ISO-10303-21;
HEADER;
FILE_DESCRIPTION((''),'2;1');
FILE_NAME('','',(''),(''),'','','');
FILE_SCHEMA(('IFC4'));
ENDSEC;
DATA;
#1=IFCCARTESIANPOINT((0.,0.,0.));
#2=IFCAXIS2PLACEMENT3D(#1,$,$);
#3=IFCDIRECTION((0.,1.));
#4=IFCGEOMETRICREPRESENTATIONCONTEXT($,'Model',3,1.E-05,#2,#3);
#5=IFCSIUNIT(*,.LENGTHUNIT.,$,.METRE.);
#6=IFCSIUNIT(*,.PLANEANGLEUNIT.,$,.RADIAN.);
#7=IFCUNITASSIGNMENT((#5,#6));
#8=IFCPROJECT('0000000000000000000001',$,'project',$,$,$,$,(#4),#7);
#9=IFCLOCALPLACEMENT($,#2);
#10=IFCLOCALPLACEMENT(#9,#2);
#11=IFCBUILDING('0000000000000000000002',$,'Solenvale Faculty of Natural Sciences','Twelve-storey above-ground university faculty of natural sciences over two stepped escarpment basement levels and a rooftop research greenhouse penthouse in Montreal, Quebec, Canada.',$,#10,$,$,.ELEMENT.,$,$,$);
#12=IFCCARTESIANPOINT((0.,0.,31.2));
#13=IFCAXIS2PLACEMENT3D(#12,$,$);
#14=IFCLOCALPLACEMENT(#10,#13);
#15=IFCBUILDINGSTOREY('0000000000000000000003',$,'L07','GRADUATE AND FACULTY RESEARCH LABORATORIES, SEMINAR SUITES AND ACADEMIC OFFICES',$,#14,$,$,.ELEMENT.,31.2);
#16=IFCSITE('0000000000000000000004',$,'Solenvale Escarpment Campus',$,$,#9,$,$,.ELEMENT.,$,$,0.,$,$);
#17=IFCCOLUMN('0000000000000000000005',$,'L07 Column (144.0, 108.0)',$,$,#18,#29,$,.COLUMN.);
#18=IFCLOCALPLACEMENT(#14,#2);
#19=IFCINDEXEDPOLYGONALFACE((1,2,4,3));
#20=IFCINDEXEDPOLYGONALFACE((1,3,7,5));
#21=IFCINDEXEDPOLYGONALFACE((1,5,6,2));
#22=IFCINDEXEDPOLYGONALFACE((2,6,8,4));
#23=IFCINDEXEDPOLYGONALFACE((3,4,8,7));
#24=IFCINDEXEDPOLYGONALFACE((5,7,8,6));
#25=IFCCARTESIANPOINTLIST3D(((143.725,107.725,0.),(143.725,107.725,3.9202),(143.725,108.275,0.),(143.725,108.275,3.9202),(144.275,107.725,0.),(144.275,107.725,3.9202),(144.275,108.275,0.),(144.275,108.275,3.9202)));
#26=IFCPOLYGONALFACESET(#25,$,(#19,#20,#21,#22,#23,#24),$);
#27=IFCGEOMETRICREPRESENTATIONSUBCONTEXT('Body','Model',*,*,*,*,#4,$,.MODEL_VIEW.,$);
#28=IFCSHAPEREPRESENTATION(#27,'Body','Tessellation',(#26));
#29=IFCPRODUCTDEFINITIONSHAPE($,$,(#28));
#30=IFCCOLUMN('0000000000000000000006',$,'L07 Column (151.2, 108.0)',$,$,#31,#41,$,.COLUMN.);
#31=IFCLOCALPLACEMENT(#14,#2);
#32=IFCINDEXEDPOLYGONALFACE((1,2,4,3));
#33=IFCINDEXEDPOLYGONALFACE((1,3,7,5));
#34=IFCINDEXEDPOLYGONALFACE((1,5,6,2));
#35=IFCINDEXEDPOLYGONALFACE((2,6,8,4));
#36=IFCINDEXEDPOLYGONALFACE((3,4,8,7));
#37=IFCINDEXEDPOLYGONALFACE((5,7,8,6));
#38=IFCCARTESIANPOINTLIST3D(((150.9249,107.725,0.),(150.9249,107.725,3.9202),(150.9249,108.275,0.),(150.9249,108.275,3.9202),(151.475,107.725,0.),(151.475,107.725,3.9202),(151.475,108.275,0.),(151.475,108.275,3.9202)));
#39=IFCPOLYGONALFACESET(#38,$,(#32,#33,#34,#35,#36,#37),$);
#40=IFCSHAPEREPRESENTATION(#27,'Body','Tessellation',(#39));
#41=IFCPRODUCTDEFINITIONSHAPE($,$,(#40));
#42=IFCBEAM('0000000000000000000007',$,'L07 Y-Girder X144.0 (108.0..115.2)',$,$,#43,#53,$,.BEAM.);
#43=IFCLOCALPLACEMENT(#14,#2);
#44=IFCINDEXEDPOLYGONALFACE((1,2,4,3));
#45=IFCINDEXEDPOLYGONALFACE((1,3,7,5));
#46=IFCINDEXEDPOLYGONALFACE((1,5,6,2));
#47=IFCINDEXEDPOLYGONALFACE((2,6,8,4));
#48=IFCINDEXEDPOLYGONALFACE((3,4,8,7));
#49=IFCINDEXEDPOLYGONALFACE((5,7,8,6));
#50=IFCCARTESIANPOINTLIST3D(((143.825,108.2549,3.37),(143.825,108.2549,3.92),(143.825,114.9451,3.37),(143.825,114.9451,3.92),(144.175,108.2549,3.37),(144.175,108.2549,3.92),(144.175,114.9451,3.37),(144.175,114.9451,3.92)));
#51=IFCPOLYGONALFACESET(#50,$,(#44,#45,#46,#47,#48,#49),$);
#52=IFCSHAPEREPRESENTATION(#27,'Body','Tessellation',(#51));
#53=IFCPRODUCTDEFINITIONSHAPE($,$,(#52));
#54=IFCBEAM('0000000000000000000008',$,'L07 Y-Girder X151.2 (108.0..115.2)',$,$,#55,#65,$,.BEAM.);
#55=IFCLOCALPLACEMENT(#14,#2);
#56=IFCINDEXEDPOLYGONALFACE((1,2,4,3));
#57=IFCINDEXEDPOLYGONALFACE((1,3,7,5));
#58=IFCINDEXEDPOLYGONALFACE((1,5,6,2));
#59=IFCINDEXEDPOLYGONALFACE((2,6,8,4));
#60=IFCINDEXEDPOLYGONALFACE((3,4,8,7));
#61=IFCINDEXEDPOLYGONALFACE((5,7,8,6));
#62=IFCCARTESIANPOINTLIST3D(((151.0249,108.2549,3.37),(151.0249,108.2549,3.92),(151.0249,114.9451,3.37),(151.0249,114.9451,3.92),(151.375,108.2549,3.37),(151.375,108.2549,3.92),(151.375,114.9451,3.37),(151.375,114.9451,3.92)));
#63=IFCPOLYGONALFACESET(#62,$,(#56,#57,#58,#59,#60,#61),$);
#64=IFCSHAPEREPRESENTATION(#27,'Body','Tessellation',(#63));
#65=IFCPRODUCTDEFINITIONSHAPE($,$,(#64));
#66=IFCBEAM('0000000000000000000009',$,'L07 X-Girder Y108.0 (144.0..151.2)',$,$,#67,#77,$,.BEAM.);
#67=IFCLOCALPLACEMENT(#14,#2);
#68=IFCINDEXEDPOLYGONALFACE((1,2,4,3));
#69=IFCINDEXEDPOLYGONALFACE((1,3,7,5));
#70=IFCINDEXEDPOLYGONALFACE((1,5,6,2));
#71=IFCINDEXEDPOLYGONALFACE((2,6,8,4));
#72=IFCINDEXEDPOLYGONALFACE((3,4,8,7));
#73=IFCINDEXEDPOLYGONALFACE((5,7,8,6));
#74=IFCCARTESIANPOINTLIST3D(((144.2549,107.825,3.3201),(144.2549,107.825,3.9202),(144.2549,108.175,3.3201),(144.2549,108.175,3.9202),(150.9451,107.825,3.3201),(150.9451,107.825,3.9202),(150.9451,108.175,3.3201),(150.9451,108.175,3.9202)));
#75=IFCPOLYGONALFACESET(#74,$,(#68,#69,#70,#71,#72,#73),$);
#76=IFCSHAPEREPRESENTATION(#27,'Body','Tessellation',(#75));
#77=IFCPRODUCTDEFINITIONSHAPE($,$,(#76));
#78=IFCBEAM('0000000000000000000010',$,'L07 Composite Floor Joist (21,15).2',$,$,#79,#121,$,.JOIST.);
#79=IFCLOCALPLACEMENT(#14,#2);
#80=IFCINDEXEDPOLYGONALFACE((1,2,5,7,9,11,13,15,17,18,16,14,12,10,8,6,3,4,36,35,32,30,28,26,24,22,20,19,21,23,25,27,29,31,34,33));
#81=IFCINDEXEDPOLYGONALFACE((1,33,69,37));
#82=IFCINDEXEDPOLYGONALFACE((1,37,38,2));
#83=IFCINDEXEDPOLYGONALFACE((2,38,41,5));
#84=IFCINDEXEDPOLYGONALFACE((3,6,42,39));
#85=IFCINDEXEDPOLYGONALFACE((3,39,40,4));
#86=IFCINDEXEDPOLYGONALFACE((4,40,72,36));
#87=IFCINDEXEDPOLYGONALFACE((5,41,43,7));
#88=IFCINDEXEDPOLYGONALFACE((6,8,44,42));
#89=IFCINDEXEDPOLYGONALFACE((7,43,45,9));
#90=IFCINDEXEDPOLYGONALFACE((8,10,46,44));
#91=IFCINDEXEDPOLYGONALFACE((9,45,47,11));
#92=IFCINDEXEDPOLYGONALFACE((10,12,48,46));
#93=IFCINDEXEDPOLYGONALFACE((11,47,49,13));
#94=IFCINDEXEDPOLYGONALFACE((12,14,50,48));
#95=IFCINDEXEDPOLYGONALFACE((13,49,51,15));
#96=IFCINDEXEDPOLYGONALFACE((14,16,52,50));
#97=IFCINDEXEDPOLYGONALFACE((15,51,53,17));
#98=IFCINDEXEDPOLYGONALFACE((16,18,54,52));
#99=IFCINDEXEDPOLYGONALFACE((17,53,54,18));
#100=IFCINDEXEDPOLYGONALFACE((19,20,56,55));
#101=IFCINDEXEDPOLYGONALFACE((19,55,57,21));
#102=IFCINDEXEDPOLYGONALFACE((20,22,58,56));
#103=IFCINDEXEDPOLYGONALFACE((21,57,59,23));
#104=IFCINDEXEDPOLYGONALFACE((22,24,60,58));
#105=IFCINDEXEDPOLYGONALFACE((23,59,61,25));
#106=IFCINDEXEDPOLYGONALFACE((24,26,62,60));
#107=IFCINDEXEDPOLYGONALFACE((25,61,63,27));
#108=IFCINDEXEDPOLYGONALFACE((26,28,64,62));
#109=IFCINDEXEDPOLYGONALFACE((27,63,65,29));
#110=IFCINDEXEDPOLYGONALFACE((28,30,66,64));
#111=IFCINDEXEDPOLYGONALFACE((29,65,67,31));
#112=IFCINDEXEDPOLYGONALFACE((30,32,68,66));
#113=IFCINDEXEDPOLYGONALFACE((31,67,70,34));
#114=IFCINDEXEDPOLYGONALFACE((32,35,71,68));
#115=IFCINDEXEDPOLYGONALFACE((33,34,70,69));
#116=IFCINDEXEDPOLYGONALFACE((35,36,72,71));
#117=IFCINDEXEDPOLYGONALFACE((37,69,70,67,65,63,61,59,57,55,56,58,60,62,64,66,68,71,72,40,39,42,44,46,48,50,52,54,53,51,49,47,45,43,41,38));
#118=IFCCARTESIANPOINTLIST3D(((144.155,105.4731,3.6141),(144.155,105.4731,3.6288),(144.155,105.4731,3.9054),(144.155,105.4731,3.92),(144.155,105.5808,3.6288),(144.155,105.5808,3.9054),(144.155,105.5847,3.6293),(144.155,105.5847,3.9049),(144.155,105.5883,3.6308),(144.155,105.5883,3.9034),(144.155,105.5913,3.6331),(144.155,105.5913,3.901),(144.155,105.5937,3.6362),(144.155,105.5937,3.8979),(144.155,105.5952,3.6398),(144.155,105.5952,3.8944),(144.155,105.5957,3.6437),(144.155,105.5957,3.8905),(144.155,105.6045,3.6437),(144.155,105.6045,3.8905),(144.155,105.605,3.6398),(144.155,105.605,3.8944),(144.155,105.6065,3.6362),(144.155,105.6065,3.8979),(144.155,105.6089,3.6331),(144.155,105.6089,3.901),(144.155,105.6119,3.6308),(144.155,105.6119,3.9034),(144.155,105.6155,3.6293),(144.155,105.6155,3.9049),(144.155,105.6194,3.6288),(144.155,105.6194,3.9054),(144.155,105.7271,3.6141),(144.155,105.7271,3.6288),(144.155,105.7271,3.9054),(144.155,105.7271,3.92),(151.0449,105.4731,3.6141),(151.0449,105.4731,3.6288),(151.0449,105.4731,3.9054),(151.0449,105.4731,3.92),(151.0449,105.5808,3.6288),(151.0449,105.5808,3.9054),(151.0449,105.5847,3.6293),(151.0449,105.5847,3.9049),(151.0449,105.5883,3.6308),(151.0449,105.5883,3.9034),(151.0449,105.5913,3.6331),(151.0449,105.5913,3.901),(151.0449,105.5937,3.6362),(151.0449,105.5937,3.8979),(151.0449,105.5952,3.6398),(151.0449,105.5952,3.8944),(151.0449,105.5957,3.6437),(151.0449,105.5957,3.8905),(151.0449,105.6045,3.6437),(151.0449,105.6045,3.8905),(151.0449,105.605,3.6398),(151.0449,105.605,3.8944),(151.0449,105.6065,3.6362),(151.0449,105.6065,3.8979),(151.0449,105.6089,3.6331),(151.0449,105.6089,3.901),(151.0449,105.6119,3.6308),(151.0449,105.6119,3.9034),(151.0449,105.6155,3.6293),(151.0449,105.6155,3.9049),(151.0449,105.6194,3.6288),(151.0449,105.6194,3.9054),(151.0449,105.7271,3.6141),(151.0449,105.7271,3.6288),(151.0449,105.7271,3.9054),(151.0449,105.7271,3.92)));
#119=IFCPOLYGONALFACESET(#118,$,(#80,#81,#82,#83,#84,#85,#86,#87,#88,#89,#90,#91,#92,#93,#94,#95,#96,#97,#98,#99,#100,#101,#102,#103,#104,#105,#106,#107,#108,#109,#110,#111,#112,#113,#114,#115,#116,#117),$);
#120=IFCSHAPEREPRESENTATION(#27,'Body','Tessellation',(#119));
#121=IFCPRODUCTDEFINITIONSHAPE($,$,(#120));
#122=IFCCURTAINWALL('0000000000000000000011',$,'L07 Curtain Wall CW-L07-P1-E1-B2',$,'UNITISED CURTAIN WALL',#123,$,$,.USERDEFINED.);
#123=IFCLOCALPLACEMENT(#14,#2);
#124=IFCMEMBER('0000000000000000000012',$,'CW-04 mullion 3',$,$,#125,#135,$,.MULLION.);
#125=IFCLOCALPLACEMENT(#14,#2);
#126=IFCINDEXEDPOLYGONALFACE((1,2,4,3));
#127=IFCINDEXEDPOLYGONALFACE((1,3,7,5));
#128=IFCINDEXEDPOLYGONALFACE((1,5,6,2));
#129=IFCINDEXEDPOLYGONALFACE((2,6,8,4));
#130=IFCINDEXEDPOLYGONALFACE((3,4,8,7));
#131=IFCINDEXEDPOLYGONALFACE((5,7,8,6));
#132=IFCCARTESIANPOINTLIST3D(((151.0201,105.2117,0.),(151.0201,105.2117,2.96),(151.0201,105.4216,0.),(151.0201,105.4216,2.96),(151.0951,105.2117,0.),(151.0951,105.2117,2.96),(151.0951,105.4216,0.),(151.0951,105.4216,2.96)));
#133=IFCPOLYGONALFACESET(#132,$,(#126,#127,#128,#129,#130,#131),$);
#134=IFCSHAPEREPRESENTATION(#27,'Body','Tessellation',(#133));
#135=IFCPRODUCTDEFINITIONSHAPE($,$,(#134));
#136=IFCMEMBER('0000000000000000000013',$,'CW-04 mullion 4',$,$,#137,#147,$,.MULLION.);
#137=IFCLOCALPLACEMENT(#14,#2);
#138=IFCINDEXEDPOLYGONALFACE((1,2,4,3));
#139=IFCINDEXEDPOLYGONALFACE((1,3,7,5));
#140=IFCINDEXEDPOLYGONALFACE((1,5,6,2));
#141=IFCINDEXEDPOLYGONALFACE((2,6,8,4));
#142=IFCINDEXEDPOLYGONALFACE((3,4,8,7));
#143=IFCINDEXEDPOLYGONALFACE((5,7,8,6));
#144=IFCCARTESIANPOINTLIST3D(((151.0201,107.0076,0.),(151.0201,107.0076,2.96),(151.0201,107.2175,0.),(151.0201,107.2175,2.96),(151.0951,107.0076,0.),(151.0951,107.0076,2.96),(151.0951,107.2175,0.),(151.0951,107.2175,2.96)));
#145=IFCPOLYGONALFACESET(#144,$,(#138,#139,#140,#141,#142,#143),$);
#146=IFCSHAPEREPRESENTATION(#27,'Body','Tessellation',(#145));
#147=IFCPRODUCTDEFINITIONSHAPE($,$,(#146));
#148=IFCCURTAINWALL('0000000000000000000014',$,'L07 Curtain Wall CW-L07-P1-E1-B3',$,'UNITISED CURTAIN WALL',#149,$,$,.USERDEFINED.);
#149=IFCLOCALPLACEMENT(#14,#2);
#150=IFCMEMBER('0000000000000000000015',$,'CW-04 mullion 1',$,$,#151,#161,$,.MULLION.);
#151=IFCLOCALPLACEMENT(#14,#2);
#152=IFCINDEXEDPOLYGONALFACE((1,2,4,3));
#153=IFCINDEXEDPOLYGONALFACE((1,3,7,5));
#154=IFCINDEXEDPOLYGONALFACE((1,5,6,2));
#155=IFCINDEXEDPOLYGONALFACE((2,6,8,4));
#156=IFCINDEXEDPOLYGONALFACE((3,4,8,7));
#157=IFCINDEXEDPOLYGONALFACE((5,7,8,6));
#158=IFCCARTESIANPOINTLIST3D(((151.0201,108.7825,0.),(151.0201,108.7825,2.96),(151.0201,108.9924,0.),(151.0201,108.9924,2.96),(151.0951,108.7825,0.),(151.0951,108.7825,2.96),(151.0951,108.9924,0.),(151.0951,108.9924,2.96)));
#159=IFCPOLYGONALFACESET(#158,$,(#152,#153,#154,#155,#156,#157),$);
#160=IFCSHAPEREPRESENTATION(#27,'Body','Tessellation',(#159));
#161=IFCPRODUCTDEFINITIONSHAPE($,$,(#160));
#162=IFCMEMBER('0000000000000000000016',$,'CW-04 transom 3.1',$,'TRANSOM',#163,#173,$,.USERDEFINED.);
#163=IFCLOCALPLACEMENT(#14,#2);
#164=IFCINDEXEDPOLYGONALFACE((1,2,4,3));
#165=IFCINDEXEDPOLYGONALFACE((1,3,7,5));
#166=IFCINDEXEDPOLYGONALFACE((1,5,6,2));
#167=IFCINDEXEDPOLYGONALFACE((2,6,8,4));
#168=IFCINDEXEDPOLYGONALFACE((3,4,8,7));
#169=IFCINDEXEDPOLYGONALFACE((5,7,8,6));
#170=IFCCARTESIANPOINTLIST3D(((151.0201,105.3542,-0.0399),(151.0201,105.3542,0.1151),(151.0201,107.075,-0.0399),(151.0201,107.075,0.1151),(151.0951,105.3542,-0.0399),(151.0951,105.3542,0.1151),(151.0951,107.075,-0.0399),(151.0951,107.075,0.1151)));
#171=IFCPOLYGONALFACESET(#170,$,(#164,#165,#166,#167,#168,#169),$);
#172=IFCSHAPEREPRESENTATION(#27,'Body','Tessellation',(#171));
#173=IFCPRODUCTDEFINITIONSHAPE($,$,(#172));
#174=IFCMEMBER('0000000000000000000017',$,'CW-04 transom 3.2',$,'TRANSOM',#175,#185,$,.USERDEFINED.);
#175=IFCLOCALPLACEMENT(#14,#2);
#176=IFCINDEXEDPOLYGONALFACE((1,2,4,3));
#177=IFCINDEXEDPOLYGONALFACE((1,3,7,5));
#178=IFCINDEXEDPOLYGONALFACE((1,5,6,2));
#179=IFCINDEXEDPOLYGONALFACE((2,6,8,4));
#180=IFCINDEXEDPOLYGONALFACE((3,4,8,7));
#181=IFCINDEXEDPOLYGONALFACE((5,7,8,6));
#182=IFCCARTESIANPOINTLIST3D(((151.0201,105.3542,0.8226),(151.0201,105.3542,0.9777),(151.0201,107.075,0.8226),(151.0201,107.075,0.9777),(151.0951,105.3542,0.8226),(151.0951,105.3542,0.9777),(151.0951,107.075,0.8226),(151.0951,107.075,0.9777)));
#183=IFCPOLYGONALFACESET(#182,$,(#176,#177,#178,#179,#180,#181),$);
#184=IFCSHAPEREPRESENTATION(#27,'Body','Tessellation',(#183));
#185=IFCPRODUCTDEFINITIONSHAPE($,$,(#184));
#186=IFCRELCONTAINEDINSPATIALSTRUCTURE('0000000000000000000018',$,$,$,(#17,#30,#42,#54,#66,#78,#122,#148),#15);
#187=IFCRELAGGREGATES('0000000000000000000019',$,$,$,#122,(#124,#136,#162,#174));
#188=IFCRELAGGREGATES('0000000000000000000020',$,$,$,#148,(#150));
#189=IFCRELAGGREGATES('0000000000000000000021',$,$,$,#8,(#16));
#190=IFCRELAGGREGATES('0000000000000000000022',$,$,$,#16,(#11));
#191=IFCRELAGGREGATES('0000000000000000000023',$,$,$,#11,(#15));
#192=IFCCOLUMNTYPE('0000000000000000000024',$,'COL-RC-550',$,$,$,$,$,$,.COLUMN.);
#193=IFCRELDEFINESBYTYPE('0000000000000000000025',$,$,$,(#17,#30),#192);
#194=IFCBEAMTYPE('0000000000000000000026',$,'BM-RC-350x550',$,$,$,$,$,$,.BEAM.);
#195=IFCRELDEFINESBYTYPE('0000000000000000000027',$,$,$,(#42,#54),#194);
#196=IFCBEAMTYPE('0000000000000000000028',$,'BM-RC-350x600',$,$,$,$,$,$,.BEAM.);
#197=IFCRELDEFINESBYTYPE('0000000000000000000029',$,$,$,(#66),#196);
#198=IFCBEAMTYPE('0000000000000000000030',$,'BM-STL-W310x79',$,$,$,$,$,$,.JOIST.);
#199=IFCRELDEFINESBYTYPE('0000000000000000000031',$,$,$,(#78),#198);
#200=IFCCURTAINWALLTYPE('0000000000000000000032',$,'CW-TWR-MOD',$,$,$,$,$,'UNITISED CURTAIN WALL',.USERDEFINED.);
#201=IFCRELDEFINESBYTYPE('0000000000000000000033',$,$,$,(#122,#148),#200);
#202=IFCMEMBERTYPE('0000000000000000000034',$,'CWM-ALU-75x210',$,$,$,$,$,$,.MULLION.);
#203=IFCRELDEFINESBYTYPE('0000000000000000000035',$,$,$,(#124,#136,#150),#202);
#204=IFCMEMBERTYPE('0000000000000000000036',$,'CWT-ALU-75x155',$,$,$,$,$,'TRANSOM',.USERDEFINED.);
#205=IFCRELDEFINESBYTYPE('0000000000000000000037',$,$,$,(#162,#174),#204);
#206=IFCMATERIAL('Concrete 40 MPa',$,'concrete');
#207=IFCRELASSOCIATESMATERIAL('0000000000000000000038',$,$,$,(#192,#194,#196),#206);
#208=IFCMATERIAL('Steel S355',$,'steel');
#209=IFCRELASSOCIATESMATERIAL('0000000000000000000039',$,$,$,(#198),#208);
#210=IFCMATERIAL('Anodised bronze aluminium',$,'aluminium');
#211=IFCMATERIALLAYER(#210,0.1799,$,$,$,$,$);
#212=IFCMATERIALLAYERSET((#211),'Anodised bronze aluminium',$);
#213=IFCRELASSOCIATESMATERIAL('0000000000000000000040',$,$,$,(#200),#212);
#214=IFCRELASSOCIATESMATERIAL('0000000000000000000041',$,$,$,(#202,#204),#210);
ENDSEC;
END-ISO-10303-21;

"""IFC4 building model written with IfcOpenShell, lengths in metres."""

from ifc_helpers import new_model, si_unit, direction, frame, origin, origin_2d, place, context, subcontext, project, spatial, rectangle, i_section, extrude, material, layer, layer_set, material_profile, profile_set, type_object, element, aggregate, save


model = new_model("IFC4")

# Units and contexts
model_context = context("Model", 3, precision=1e-05, world=origin(), true_north=direction((0.0, 1.0)))
body_context = subcontext(model_context, "Body", "Model", "MODEL_VIEW")
ifc_project = project(units=[si_unit("LENGTHUNIT", "METRE"), si_unit("PLANEANGLEUNIT", "RADIAN")], contexts=[model_context])

# Site, building, storey
site_placement = place(None, origin())
site = spatial("IfcSite", under=ifc_project, at=site_placement, Name="Solenvale Escarpment Campus", CompositionType="ELEMENT", RefElevation=0.0)
building_placement = place(site_placement, origin())
building = spatial("IfcBuilding", under=site, at=building_placement, Name="Solenvale Faculty of Natural Sciences", Description="Twelve-storey above-ground university faculty of natural sciences over two stepped escarpment basement levels and a rooftop research greenhouse penthouse in Montreal, Quebec, Canada.", CompositionType="ELEMENT")
storey_placement = place(building_placement, frame((0.0, 0.0, 31.2)))
storey = spatial("IfcBuildingStorey", under=building, at=storey_placement, Name="L07", Description="GRADUATE AND FACULTY RESEARCH LABORATORIES, SEMINAR SUITES AND ACADEMIC OFFICES", CompositionType="ELEMENT", Elevation=31.2)

# Columns
ifc_material_1 = material(Name="Concrete 40 MPa", Category="concrete")
ifc_material_profile_1 = material_profile(ifc_material_1, rectangle(XDim=0.55, YDim=0.55, at=origin_2d()), Name="RC-COL-550x550")
ifc_profile_set_1 = profile_set([ifc_material_profile_1], Name="Concrete 40 MPa")
column_type = type_object("IfcColumnType", Name="COL-RC-550", PredefinedType="COLUMN", material=ifc_profile_set_1)
for number, where, z_axis, x_axis, name in (
    (1, (144.0, 108.0, 0.0), (0.0, 0.0, 1.0), (1.0, 0.0, 0.0), "L07 Column (144.0, 108.0)"),
    (2, (151.2, 108.0, 0.0), (0.0, 0.0, 1.0), (1.0, 0.0, 0.0), "L07 Column (151.2, 108.0)"),
):
    element("IfcColumn", number, at=place(storey_placement, frame(where, z_axis=z_axis, x_axis=x_axis)), inside=storey, type_object=column_type, Name=name, PredefinedType="COLUMN", context=body_context, shape_type="SweptSolid", body=[
        extrude(rectangle(XDim=0.55, YDim=0.55, at=origin_2d()), origin(), (0.0, 0.0, 1.0), 3.9202),
    ])

# Beams
ifc_material_profile_2 = material_profile(ifc_material_1, rectangle(XDim=0.3501, YDim=0.55, at=origin_2d()), Name="RC-BM-350x550")
ifc_profile_set_2 = profile_set([ifc_material_profile_2], Name="Concrete 40 MPa")
beam_type_1 = type_object("IfcBeamType", Name="BM-RC-350x550", PredefinedType="BEAM", material=ifc_profile_set_2)
for number, where, z_axis, x_axis, name in (
    (3, (144.0, 108.2549, 3.645), (0.0, 1.0, 0.0), (-1.0, 0.0, 0.0), "L07 Y-Girder X144.0 (108.0..115.2)"),
    (4, (151.2, 108.2549, 3.645), (0.0, 1.0, 0.0), (-1.0, 0.0, 0.0), "L07 Y-Girder X151.2 (108.0..115.2)"),
):
    element("IfcBeam", number, at=place(storey_placement, frame(where, z_axis=z_axis, x_axis=x_axis)), inside=storey, type_object=beam_type_1, Name=name, PredefinedType="BEAM", context=body_context, shape_type="SweptSolid", body=[
        extrude(rectangle(XDim=0.3501, YDim=0.55, at=origin_2d()), origin(), (0.0, 0.0, 1.0), 6.6902),
    ])
ifc_material_profile_3 = material_profile(ifc_material_1, rectangle(XDim=0.3501, YDim=0.6001, at=origin_2d()), Name="RC-BM-350x600")
ifc_profile_set_3 = profile_set([ifc_material_profile_3], Name="Concrete 40 MPa")
beam_type_2 = type_object("IfcBeamType", Name="BM-RC-350x600", PredefinedType="BEAM", material=ifc_profile_set_3)
beam_1_placement = place(storey_placement, frame((144.2549, 108.0, 3.6201), z_axis=(1.0, 0.0, 0.0), x_axis=(0.0, 1.0, 0.0)))
element("IfcBeam", 5, at=beam_1_placement, inside=storey, type_object=beam_type_2, Name="L07 X-Girder Y108.0 (144.0..151.2)", PredefinedType="BEAM", context=body_context, shape_type="SweptSolid", body=[
    extrude(rectangle(XDim=0.3501, YDim=0.6001, at=origin_2d()), origin(), (0.0, 0.0, 1.0), 6.6902),
])
ifc_material_2 = material(Name="Steel S355", Category="steel")
ifc_material_profile_4 = material_profile(ifc_material_2, i_section(OverallWidth=0.2539, OverallDepth=0.3059, WebThickness=0.0088, FlangeThickness=0.0146, FilletRadius=0.0149, at=origin_2d()), Name="W310x79")
ifc_profile_set_4 = profile_set([ifc_material_profile_4], Name="Steel S355")
beam_type_3 = type_object("IfcBeamType", Name="BM-STL-W310x79", PredefinedType="JOIST", material=ifc_profile_set_4)
beam_2_placement = place(storey_placement, frame((144.155, 105.6001, 3.7671), z_axis=(1.0, 0.0, 0.0), x_axis=(0.0, 1.0, 0.0)))
element("IfcBeam", 6, at=beam_2_placement, inside=storey, type_object=beam_type_3, Name="L07 Composite Floor Joist (21,15).2", PredefinedType="JOIST", context=body_context, shape_type="SweptSolid", body=[
    extrude(i_section(OverallWidth=0.2539, OverallDepth=0.3059, WebThickness=0.0088, FlangeThickness=0.0146, FilletRadius=0.0149, at=origin_2d()), origin(), (0.0, 0.0, 1.0), 6.8899),
])

# Curtain wall, members
ifc_material_3 = material(Name="Anodised bronze aluminium", Category="aluminium")
ifc_layer_1 = layer(ifc_material_3, 0.1799)
ifc_layer_set_1 = layer_set([ifc_layer_1], Name="Anodised bronze aluminium")
curtain_wall_type = type_object("IfcCurtainWallType", Name="CW-TWR-MOD", ElementType="UNITISED CURTAIN WALL", PredefinedType="USERDEFINED", material=ifc_layer_set_1)
curtain_wall_1_placement = place(storey_placement, origin())
curtain_wall_1 = element("IfcCurtainWall", 7, at=curtain_wall_1_placement, inside=storey, type_object=curtain_wall_type, Name="L07 Curtain Wall CW-L07-P1-E1-B2", ObjectType="UNITISED CURTAIN WALL", PredefinedType="USERDEFINED")
ifc_material_profile_5 = material_profile(ifc_material_3, rectangle(XDim=0.075, YDim=0.21, at=origin_2d()), Name="ALU-MUL-75x210")
ifc_profile_set_5 = profile_set([ifc_material_profile_5], Name="Anodised bronze aluminium")
member_type_1 = type_object("IfcMemberType", Name="CWM-ALU-75x210", PredefinedType="MULLION", material=ifc_profile_set_5)
member_1_placement = place(storey_placement, frame((151.0576, 105.3167, 0.0), z_axis=(0.0, 0.0, 1.0), x_axis=(-1.0, 0.0, 0.0)))
member_1 = element("IfcMember", 8, at=member_1_placement, type_object=member_type_1, Name="CW-04 mullion 3", PredefinedType="MULLION", context=body_context, shape_type="SweptSolid", body=[
    extrude(rectangle(XDim=0.075, YDim=0.21, at=origin_2d()), origin(), (0.0, 0.0, 1.0), 2.96),
])
member_2_placement = place(storey_placement, frame((151.0576, 107.1125, 0.0), z_axis=(0.0, 0.0, 1.0), x_axis=(-1.0, 0.0, 0.0)))
member_2 = element("IfcMember", 9, at=member_2_placement, type_object=member_type_1, Name="CW-04 mullion 4", PredefinedType="MULLION", context=body_context, shape_type="SweptSolid", body=[
    extrude(rectangle(XDim=0.075, YDim=0.21, at=origin_2d()), origin(), (0.0, 0.0, 1.0), 2.96),
])

# Curtain wall, member
curtain_wall_2_placement = place(storey_placement, origin())
curtain_wall_2 = element("IfcCurtainWall", 10, at=curtain_wall_2_placement, inside=storey, type_object=curtain_wall_type, Name="L07 Curtain Wall CW-L07-P1-E1-B3", ObjectType="UNITISED CURTAIN WALL", PredefinedType="USERDEFINED")
member_3_placement = place(storey_placement, frame((151.0576, 108.8875, 0.0), z_axis=(0.0, 0.0, 1.0), x_axis=(-1.0, 0.0, 0.0)))
member_3 = element("IfcMember", 11, at=member_3_placement, type_object=member_type_1, Name="CW-04 mullion 1", PredefinedType="MULLION", context=body_context, shape_type="SweptSolid", body=[
    extrude(rectangle(XDim=0.075, YDim=0.21, at=origin_2d()), origin(), (0.0, 0.0, 1.0), 2.96),
])

# Members
ifc_material_profile_6 = material_profile(ifc_material_3, rectangle(XDim=0.075, YDim=0.155, at=origin_2d()), Name="ALU-TRN-75x155")
ifc_profile_set_6 = profile_set([ifc_material_profile_6], Name="Anodised bronze aluminium")
member_type_2 = type_object("IfcMemberType", Name="CWT-ALU-75x155", ElementType="TRANSOM", PredefinedType="USERDEFINED", material=ifc_profile_set_6)
member_4_placement = place(storey_placement, frame((151.0576, 105.3542, 0.0376), z_axis=(0.0, 1.0, 0.0), x_axis=(-1.0, 0.0, 0.0)))
member_4 = element("IfcMember", 12, at=member_4_placement, type_object=member_type_2, Name="CW-04 transom 3.1", ObjectType="TRANSOM", PredefinedType="USERDEFINED", context=body_context, shape_type="SweptSolid", body=[
    extrude(rectangle(XDim=0.075, YDim=0.155, at=origin_2d()), origin(), (0.0, 0.0, 1.0), 1.7207),
])
member_5_placement = place(storey_placement, frame((151.0576, 105.3542, 0.9001), z_axis=(0.0, 1.0, 0.0), x_axis=(-1.0, 0.0, 0.0)))
member_5 = element("IfcMember", 13, at=member_5_placement, type_object=member_type_2, Name="CW-04 transom 3.2", ObjectType="TRANSOM", PredefinedType="USERDEFINED", context=body_context, shape_type="SweptSolid", body=[
    extrude(rectangle(XDim=0.075, YDim=0.155, at=origin_2d()), origin(), (0.0, 0.0, 1.0), 1.7207),
])

aggregate(curtain_wall_1, [member_1, member_2, member_4, member_5])
aggregate(curtain_wall_2, [member_3])

save(model, "model.ifc")
